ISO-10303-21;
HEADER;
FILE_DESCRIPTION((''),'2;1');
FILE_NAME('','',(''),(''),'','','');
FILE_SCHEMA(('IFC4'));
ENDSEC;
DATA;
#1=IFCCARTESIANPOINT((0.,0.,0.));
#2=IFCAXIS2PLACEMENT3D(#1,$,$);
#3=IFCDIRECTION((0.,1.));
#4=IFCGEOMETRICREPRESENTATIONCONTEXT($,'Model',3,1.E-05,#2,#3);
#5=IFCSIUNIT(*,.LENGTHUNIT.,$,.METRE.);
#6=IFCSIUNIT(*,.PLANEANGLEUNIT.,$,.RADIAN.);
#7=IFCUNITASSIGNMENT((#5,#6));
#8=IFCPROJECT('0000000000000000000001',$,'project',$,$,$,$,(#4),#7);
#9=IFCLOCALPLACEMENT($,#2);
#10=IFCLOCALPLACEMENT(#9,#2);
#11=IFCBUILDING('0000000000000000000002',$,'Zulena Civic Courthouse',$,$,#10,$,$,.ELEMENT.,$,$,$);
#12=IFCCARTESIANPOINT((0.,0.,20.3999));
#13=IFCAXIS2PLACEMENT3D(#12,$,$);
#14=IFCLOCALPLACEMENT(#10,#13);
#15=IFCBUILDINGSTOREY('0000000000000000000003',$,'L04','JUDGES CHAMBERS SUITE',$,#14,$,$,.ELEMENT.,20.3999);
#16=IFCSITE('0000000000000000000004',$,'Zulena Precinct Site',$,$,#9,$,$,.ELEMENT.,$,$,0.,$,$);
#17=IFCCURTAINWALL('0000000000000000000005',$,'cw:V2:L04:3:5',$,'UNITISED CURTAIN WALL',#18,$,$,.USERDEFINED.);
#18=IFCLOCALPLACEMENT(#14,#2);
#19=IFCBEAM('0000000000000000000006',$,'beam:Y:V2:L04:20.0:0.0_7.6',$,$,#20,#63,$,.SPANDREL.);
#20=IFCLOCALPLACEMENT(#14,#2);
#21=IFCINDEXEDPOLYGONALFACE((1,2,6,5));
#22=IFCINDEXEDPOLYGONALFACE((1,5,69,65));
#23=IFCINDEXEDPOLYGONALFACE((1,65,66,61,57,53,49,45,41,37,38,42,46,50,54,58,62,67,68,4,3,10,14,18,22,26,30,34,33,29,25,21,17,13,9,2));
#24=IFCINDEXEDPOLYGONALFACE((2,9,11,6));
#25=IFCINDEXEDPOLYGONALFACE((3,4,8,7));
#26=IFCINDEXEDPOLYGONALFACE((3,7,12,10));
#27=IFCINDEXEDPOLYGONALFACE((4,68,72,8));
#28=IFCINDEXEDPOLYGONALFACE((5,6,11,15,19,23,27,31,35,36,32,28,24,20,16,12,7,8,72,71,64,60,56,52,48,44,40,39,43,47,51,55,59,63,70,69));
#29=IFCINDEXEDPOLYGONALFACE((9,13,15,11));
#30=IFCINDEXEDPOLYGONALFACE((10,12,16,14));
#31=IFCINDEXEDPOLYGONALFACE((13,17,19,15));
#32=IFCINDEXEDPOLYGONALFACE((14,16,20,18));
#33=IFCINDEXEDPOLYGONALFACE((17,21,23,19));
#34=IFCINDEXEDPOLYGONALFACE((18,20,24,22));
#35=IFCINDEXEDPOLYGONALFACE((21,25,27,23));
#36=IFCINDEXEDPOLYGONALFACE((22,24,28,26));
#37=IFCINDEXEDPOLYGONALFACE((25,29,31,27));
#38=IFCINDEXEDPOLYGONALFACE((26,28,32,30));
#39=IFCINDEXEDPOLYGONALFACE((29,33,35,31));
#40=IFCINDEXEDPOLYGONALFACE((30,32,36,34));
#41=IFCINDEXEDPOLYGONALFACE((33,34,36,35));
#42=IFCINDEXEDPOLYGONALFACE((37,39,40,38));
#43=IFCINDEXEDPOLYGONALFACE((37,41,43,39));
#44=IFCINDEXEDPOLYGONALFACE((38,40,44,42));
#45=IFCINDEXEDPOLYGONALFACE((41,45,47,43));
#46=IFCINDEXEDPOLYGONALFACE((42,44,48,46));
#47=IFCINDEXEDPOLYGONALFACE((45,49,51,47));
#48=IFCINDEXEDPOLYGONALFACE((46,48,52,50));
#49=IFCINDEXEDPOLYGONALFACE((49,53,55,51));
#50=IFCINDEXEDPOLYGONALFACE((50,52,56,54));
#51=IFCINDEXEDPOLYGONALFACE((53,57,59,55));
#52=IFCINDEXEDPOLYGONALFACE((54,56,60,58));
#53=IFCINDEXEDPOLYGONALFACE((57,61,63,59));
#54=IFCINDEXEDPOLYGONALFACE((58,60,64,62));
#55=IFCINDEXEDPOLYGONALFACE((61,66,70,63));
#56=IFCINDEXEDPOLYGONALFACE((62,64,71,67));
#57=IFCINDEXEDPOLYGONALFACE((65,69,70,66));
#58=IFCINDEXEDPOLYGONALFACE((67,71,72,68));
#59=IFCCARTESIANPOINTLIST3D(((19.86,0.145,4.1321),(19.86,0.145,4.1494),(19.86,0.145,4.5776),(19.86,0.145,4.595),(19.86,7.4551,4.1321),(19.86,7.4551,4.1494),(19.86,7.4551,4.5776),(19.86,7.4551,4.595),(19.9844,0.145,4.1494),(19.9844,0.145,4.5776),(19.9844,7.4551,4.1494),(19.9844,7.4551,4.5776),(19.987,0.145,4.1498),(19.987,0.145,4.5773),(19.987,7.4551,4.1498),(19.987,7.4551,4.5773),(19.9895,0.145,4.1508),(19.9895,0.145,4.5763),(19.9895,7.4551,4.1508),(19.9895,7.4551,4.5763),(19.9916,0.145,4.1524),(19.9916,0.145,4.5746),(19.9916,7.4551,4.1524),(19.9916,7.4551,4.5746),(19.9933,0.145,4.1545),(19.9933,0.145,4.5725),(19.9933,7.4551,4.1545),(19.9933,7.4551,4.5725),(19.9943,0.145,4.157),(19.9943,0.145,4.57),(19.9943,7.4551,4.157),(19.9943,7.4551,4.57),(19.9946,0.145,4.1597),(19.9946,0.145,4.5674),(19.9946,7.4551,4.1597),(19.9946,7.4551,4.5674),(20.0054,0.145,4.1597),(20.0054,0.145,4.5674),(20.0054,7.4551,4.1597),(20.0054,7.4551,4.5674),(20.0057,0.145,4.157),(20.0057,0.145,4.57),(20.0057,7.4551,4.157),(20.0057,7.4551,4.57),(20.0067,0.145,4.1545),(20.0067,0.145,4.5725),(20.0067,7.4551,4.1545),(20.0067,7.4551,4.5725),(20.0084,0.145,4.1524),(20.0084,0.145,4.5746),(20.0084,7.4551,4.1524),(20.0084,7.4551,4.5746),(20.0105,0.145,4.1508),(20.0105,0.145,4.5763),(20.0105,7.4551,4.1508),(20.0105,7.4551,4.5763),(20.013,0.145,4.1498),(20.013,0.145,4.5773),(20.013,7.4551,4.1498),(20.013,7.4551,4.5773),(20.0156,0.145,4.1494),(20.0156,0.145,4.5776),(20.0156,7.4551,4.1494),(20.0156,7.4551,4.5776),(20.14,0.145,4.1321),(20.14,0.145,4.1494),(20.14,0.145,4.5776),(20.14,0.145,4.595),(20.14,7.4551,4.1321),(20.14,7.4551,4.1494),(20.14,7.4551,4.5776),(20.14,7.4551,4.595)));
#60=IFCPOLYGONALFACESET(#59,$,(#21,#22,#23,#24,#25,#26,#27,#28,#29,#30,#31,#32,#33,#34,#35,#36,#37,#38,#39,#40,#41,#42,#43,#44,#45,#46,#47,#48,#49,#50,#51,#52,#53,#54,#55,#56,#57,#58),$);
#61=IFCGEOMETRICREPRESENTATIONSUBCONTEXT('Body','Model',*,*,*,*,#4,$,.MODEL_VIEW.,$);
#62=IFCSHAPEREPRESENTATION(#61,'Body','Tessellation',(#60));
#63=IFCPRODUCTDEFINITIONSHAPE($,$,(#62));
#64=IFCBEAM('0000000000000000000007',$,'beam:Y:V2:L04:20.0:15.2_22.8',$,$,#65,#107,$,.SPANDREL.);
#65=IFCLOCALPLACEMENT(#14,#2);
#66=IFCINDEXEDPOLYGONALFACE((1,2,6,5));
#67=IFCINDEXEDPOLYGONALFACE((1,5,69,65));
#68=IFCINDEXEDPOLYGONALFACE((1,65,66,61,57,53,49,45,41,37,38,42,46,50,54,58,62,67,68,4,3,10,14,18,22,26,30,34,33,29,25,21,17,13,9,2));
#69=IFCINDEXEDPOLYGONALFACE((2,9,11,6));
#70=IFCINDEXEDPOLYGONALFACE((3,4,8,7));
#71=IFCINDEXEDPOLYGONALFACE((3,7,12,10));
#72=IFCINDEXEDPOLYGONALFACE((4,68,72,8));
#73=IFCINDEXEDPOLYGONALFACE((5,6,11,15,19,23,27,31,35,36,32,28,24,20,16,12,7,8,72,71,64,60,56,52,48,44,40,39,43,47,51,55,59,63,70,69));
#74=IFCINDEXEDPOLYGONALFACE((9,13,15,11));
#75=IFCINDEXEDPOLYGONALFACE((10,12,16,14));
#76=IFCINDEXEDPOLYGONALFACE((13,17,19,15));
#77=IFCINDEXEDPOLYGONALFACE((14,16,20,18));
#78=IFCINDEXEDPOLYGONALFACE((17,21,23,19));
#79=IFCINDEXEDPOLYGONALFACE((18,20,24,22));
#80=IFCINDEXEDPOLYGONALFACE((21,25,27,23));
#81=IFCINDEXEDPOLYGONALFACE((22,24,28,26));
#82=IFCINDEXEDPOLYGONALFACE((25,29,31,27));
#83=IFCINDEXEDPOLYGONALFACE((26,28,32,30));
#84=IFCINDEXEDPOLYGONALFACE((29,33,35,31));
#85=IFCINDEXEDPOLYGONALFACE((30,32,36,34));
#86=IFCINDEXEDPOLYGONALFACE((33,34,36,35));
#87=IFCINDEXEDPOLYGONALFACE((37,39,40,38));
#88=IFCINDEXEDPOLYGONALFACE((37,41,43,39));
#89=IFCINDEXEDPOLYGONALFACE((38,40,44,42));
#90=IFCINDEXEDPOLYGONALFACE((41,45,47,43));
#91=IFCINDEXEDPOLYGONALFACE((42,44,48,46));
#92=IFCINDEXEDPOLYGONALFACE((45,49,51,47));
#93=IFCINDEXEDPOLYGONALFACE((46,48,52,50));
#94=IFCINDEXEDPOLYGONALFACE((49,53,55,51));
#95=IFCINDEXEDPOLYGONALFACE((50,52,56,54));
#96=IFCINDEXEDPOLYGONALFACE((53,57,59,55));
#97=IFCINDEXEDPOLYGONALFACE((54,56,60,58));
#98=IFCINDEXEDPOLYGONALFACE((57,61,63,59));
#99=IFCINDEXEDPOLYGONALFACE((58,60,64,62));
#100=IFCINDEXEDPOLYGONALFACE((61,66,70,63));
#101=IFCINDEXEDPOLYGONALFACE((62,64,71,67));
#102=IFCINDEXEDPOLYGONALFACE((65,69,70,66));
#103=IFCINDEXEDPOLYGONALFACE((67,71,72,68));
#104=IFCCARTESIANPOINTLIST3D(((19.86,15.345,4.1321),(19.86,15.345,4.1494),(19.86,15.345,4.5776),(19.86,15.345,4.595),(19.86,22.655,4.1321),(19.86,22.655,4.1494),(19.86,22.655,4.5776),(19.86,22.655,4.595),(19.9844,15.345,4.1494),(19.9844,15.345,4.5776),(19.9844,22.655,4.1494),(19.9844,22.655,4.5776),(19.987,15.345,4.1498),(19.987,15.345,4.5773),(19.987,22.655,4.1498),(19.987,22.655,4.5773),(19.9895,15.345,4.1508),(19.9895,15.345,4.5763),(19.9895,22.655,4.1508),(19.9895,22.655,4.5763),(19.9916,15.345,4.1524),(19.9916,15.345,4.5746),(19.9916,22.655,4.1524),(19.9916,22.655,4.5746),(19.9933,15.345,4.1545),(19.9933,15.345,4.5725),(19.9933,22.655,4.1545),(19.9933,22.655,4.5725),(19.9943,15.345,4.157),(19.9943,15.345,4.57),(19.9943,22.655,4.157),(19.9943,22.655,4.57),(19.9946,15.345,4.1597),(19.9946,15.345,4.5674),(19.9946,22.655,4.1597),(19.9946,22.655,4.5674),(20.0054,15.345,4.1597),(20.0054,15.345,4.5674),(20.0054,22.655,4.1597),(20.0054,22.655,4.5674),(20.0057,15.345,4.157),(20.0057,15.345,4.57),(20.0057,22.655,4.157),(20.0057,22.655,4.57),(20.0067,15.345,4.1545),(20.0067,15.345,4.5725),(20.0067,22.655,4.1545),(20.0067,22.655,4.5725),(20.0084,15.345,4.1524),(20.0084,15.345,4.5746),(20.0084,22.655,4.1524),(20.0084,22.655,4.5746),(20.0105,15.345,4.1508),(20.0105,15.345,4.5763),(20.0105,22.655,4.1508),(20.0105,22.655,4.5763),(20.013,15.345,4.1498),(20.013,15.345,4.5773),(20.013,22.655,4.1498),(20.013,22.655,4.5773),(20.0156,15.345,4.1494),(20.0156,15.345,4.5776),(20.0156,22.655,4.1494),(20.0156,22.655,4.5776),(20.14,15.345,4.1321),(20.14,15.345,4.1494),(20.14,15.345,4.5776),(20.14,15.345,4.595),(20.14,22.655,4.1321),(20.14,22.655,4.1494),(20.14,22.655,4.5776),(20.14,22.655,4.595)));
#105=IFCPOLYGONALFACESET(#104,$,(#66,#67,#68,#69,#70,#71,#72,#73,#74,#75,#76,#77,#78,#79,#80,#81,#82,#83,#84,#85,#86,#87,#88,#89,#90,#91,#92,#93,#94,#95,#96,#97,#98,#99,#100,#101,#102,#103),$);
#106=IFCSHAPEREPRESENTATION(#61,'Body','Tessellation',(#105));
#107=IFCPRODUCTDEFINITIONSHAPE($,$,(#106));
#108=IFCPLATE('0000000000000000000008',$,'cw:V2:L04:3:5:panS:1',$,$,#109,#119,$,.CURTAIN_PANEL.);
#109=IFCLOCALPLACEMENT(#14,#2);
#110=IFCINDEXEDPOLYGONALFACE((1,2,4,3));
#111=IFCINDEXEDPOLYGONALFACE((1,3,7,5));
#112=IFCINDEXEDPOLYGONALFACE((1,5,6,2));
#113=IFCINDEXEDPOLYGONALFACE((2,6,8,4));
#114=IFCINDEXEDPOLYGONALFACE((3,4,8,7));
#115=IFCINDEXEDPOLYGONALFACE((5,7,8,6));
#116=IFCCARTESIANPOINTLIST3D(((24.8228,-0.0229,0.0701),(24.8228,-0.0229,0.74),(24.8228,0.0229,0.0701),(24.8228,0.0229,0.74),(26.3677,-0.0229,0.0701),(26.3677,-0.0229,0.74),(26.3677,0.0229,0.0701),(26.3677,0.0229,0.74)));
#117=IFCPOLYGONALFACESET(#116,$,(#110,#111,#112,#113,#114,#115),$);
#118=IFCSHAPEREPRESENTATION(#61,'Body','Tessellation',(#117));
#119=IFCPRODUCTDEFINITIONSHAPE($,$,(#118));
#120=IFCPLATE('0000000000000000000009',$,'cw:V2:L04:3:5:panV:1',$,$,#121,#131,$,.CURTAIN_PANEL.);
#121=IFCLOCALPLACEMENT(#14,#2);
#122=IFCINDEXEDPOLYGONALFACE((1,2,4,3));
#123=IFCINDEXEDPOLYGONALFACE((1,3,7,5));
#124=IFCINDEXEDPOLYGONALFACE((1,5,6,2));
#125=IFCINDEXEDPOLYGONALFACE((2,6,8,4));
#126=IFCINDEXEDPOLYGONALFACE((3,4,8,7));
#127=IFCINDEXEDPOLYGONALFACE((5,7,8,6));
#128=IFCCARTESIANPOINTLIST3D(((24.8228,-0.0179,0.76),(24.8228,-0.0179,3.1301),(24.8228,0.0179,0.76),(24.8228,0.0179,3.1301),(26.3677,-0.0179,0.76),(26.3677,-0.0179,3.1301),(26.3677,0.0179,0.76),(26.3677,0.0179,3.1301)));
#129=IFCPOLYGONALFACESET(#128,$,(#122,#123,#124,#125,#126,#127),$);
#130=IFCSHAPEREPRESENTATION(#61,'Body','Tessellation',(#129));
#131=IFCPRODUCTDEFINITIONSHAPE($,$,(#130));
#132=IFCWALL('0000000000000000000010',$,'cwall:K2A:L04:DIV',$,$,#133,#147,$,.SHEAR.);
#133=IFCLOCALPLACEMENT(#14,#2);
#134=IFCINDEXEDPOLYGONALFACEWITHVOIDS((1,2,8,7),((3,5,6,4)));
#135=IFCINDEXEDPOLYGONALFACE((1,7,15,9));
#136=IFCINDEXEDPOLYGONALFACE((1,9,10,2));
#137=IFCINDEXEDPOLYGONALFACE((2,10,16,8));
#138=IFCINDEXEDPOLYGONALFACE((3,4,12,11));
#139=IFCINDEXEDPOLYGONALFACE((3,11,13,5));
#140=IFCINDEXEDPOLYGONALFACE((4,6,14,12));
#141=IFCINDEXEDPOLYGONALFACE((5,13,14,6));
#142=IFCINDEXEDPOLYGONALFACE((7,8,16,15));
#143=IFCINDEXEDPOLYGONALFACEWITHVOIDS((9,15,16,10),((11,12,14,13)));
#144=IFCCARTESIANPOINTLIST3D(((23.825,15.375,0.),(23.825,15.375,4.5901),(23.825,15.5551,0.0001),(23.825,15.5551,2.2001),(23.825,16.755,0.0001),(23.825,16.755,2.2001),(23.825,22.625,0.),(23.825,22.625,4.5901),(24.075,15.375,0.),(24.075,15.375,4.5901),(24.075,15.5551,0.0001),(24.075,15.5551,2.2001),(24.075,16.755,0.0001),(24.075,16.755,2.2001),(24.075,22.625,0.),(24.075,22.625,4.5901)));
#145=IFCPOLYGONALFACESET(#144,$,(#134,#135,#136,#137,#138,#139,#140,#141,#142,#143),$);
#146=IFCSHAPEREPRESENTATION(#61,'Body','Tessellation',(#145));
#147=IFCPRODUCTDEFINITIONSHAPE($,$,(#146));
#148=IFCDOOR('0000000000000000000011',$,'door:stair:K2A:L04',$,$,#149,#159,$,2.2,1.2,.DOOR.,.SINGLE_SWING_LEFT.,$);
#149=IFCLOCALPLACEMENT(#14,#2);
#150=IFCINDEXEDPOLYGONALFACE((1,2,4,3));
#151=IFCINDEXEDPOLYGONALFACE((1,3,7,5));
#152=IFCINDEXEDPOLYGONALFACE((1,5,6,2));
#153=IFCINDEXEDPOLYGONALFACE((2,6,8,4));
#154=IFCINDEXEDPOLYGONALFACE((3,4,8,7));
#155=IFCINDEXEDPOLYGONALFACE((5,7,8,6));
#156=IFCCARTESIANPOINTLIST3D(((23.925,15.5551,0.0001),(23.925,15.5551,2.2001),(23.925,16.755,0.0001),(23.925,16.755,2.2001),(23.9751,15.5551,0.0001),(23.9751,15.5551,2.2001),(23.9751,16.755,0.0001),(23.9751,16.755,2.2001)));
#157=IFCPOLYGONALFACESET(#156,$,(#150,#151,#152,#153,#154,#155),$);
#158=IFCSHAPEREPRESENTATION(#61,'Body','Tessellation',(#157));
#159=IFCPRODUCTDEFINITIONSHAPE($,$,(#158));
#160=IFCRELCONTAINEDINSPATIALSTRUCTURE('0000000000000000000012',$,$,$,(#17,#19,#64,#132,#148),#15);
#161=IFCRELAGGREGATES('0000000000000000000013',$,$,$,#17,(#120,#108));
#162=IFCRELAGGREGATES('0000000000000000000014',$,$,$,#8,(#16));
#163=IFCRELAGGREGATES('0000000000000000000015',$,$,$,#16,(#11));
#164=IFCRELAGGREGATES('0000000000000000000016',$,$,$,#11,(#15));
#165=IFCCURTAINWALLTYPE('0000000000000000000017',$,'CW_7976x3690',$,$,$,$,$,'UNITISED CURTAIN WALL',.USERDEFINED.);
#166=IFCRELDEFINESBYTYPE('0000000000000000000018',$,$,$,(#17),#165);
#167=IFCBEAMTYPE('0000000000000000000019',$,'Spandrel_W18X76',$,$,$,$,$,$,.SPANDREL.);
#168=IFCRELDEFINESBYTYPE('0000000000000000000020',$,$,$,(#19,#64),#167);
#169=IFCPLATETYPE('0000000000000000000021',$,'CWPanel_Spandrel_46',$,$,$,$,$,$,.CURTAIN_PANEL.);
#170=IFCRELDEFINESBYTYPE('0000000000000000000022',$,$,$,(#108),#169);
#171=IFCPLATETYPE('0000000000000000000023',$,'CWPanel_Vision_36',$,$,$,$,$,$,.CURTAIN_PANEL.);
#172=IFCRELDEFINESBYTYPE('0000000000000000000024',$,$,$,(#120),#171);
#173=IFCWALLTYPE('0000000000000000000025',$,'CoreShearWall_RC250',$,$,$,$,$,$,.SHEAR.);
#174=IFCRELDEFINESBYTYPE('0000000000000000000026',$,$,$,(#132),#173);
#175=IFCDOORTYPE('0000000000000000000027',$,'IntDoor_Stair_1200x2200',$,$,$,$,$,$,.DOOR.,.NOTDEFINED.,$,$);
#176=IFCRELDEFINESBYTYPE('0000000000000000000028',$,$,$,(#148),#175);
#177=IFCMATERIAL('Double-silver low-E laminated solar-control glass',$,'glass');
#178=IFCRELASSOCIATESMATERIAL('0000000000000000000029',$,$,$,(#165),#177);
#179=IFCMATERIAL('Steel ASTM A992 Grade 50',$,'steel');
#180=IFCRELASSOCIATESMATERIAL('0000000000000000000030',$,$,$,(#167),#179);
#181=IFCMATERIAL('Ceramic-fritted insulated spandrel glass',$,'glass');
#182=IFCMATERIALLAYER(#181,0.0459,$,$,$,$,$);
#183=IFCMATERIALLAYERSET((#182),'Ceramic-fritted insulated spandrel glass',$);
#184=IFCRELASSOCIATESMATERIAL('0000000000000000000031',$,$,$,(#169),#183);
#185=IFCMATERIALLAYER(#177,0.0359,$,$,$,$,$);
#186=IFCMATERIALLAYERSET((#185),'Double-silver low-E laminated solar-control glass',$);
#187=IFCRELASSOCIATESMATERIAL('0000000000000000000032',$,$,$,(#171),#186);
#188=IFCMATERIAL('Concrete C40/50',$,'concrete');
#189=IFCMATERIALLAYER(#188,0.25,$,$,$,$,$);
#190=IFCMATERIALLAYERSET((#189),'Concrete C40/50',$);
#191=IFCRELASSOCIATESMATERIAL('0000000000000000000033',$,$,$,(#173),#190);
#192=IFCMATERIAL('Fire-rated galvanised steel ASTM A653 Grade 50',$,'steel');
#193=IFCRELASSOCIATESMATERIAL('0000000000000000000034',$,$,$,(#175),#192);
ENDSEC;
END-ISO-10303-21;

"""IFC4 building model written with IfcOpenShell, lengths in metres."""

from ifc_helpers import new_model, si_unit, direction, frame, frame_2d, origin, origin_2d, place, context, subcontext, project, spatial, rectangle, i_section, extrude, material, layer, layer_set, material_profile, profile_set, type_object, element, fill, aggregate, save


model = new_model("IFC4")

# Units and contexts
model_context = context("Model", 3, precision=1e-05, world=origin(), true_north=direction((0.0, 1.0)))
body_context = subcontext(model_context, "Body", "Model", "MODEL_VIEW")
ifc_project = project(units=[si_unit("LENGTHUNIT", "METRE"), si_unit("PLANEANGLEUNIT", "RADIAN")], contexts=[model_context])

# Site, building, storey
site_placement = place(None, origin())
site = spatial("IfcSite", under=ifc_project, at=site_placement, Name="Zulena Precinct Site", CompositionType="ELEMENT", RefElevation=0.0)
building_placement = place(site_placement, origin())
building = spatial("IfcBuilding", under=site, at=building_placement, Name="Zulena Civic Courthouse", CompositionType="ELEMENT")
storey_placement = place(building_placement, frame((0.0, 0.0, 20.3999)))
storey = spatial("IfcBuildingStorey", under=building, at=storey_placement, Name="L04", Description="JUDGES CHAMBERS SUITE", CompositionType="ELEMENT", Elevation=20.3999)

# Shared definitions
ifc_material_1 = material(Name="Steel ASTM A992 Grade 50", Category="steel")

# Curtain wall
ifc_material_2 = material(Name="Double-silver low-E laminated solar-control glass", Category="glass")
curtain_wall_type = type_object("IfcCurtainWallType", Name="CW_7976x3690", ElementType="UNITISED CURTAIN WALL", PredefinedType="USERDEFINED", material=ifc_material_2)
curtain_wall_placement = place(storey_placement, origin())
curtain_wall = element("IfcCurtainWall", 1, at=curtain_wall_placement, inside=storey, type_object=curtain_wall_type, Name="cw:V2:L04:3:5", ObjectType="UNITISED CURTAIN WALL", PredefinedType="USERDEFINED")

# Beams
ifc_material_profile_1 = material_profile(ifc_material_1, i_section(OverallWidth=0.28, OverallDepth=0.4629, WebThickness=0.0107, FlangeThickness=0.0173, FilletRadius=0.0103, at=origin_2d()), Name="W18X76")
ifc_profile_set_1 = profile_set([ifc_material_profile_1], Name="Steel ASTM A992 Grade 50")
beam_type_1 = type_object("IfcBeamType", Name="Spandrel_W18X76", PredefinedType="SPANDREL", material=ifc_profile_set_1)
for number, where, z_axis, x_axis, name in (
    (2, (20.0, 0.145, 4.3635), (0.0, 1.0, 0.0), (-1.0, 0.0, 0.0), "beam:Y:V2:L04:20.0:0.0_7.6"),
    (3, (20.0, 15.345, 4.3635), (0.0, 1.0, 0.0), (-1.0, 0.0, 0.0), "beam:Y:V2:L04:20.0:15.2_22.8"),
):
    element("IfcBeam", number, at=place(storey_placement, frame(where, z_axis=z_axis, x_axis=x_axis)), inside=storey, type_object=beam_type_1, Name=name, PredefinedType="SPANDREL", context=body_context, shape_type="SweptSolid", body=[
        extrude(i_section(OverallWidth=0.28, OverallDepth=0.4629, WebThickness=0.0107, FlangeThickness=0.0173, FilletRadius=0.0103, at=origin_2d()), origin(), (0.0, 0.0, 1.0), 7.3101),
    ])

# Plates
ifc_material_3 = material(Name="Ceramic-fritted insulated spandrel glass", Category="glass")
ifc_layer_1 = layer(ifc_material_3, 0.0459)
ifc_layer_set_1 = layer_set([ifc_layer_1], Name="Ceramic-fritted insulated spandrel glass")
plate_type_1 = type_object("IfcPlateType", Name="CWPanel_Spandrel_46", PredefinedType="CURTAIN_PANEL", material=ifc_layer_set_1)
plate_1_placement = place(storey_placement, frame((25.5952, 0.0, 0.0701), z_axis=(0.0, 0.0, 1.0), x_axis=(-1.0, 0.0, 0.0)))
plate_1 = element("IfcPlate", 4, at=plate_1_placement, type_object=plate_type_1, Name="cw:V2:L04:3:5:panS:1", PredefinedType="CURTAIN_PANEL", context=body_context, shape_type="SweptSolid", body=[
    extrude(rectangle(XDim=1.5449, YDim=0.0459, at=origin_2d()), origin(), (0.0, 0.0, 1.0), 0.6699),
])
ifc_layer_2 = layer(ifc_material_2, 0.0359)
ifc_layer_set_2 = layer_set([ifc_layer_2], Name="Double-silver low-E laminated solar-control glass")
plate_type_2 = type_object("IfcPlateType", Name="CWPanel_Vision_36", PredefinedType="CURTAIN_PANEL", material=ifc_layer_set_2)
plate_2_placement = place(storey_placement, frame((25.5952, 0.0, 0.76), z_axis=(0.0, 0.0, 1.0), x_axis=(-1.0, 0.0, 0.0)))
plate_2 = element("IfcPlate", 5, at=plate_2_placement, type_object=plate_type_2, Name="cw:V2:L04:3:5:panV:1", PredefinedType="CURTAIN_PANEL", context=body_context, shape_type="SweptSolid", body=[
    extrude(rectangle(XDim=1.5449, YDim=0.0359, at=origin_2d()), origin(), (0.0, 0.0, 1.0), 2.3701),
])
aggregate(curtain_wall, [plate_2, plate_1])

# Wall, opening, door
ifc_material_4 = material(Name="Concrete C40/50", Category="concrete")
ifc_layer_3 = layer(ifc_material_4, 0.25)
ifc_layer_set_3 = layer_set([ifc_layer_3], Name="Concrete C40/50")
wall_type_1 = type_object("IfcWallType", Name="CoreShearWall_RC250", PredefinedType="SHEAR", material=ifc_layer_set_3)
wall_1_placement = place(storey_placement, frame((23.95, 15.375, 0.0), z_axis=(0.0, 0.0, 1.0), x_axis=(0.0, 1.0, 0.0)))
wall_1 = element("IfcWall", 6, at=wall_1_placement, inside=storey, type_object=wall_type_1, Name="cwall:K2A:L04:DIV", PredefinedType="SHEAR", context=body_context, shape_type="SweptSolid", body=[
    extrude(rectangle(XDim=7.25, YDim=0.25, at=frame_2d((3.625, 0.0))), origin(), (0.0, 0.0, 1.0), 4.5901),
])
opening_1_placement = place(wall_1_placement, frame((0.1799, 0.0, 0.0)))
opening_1 = element("IfcOpeningElement", 7, at=opening_1_placement, cuts=wall_1, PredefinedType="OPENING", context=body_context, shape_type="SweptSolid", body=[
    extrude(rectangle(XDim=1.2, YDim=2.2, at=frame_2d((0.6001, 1.1001))), frame((0.0, 0.135, 0.0), z_axis=(0.0, -1.0, 0.0), x_axis=(1.0, 0.0, 0.0)), (0.0, 0.0, 1.0), 0.27),
])
ifc_material_5 = material(Name="Fire-rated galvanised steel ASTM A653 Grade 50", Category="steel")
door_type_1 = type_object("IfcDoorType", Name="IntDoor_Stair_1200x2200", OperationType="NOTDEFINED", PredefinedType="DOOR", material=ifc_material_5)
door_1_placement = place(opening_1_placement, origin())
door_1 = element("IfcDoor", 8, at=door_1_placement, inside=storey, type_object=door_type_1, Name="door:stair:K2A:L04", OperationType="SINGLE_SWING_LEFT", OverallHeight=2.2, OverallWidth=1.2, PredefinedType="DOOR", context=body_context, shape_type="SweptSolid", body=[
    extrude(rectangle(XDim=1.2, YDim=2.2, at=frame_2d((0.6001, 1.1001))), frame((0.0, 0.0249, 0.0), z_axis=(0.0, -1.0, 0.0), x_axis=(1.0, 0.0, 0.0)), (0.0, 0.0, 1.0), 0.05),
])
fill(opening_1, door_1)

save(model, "model.ifc")
